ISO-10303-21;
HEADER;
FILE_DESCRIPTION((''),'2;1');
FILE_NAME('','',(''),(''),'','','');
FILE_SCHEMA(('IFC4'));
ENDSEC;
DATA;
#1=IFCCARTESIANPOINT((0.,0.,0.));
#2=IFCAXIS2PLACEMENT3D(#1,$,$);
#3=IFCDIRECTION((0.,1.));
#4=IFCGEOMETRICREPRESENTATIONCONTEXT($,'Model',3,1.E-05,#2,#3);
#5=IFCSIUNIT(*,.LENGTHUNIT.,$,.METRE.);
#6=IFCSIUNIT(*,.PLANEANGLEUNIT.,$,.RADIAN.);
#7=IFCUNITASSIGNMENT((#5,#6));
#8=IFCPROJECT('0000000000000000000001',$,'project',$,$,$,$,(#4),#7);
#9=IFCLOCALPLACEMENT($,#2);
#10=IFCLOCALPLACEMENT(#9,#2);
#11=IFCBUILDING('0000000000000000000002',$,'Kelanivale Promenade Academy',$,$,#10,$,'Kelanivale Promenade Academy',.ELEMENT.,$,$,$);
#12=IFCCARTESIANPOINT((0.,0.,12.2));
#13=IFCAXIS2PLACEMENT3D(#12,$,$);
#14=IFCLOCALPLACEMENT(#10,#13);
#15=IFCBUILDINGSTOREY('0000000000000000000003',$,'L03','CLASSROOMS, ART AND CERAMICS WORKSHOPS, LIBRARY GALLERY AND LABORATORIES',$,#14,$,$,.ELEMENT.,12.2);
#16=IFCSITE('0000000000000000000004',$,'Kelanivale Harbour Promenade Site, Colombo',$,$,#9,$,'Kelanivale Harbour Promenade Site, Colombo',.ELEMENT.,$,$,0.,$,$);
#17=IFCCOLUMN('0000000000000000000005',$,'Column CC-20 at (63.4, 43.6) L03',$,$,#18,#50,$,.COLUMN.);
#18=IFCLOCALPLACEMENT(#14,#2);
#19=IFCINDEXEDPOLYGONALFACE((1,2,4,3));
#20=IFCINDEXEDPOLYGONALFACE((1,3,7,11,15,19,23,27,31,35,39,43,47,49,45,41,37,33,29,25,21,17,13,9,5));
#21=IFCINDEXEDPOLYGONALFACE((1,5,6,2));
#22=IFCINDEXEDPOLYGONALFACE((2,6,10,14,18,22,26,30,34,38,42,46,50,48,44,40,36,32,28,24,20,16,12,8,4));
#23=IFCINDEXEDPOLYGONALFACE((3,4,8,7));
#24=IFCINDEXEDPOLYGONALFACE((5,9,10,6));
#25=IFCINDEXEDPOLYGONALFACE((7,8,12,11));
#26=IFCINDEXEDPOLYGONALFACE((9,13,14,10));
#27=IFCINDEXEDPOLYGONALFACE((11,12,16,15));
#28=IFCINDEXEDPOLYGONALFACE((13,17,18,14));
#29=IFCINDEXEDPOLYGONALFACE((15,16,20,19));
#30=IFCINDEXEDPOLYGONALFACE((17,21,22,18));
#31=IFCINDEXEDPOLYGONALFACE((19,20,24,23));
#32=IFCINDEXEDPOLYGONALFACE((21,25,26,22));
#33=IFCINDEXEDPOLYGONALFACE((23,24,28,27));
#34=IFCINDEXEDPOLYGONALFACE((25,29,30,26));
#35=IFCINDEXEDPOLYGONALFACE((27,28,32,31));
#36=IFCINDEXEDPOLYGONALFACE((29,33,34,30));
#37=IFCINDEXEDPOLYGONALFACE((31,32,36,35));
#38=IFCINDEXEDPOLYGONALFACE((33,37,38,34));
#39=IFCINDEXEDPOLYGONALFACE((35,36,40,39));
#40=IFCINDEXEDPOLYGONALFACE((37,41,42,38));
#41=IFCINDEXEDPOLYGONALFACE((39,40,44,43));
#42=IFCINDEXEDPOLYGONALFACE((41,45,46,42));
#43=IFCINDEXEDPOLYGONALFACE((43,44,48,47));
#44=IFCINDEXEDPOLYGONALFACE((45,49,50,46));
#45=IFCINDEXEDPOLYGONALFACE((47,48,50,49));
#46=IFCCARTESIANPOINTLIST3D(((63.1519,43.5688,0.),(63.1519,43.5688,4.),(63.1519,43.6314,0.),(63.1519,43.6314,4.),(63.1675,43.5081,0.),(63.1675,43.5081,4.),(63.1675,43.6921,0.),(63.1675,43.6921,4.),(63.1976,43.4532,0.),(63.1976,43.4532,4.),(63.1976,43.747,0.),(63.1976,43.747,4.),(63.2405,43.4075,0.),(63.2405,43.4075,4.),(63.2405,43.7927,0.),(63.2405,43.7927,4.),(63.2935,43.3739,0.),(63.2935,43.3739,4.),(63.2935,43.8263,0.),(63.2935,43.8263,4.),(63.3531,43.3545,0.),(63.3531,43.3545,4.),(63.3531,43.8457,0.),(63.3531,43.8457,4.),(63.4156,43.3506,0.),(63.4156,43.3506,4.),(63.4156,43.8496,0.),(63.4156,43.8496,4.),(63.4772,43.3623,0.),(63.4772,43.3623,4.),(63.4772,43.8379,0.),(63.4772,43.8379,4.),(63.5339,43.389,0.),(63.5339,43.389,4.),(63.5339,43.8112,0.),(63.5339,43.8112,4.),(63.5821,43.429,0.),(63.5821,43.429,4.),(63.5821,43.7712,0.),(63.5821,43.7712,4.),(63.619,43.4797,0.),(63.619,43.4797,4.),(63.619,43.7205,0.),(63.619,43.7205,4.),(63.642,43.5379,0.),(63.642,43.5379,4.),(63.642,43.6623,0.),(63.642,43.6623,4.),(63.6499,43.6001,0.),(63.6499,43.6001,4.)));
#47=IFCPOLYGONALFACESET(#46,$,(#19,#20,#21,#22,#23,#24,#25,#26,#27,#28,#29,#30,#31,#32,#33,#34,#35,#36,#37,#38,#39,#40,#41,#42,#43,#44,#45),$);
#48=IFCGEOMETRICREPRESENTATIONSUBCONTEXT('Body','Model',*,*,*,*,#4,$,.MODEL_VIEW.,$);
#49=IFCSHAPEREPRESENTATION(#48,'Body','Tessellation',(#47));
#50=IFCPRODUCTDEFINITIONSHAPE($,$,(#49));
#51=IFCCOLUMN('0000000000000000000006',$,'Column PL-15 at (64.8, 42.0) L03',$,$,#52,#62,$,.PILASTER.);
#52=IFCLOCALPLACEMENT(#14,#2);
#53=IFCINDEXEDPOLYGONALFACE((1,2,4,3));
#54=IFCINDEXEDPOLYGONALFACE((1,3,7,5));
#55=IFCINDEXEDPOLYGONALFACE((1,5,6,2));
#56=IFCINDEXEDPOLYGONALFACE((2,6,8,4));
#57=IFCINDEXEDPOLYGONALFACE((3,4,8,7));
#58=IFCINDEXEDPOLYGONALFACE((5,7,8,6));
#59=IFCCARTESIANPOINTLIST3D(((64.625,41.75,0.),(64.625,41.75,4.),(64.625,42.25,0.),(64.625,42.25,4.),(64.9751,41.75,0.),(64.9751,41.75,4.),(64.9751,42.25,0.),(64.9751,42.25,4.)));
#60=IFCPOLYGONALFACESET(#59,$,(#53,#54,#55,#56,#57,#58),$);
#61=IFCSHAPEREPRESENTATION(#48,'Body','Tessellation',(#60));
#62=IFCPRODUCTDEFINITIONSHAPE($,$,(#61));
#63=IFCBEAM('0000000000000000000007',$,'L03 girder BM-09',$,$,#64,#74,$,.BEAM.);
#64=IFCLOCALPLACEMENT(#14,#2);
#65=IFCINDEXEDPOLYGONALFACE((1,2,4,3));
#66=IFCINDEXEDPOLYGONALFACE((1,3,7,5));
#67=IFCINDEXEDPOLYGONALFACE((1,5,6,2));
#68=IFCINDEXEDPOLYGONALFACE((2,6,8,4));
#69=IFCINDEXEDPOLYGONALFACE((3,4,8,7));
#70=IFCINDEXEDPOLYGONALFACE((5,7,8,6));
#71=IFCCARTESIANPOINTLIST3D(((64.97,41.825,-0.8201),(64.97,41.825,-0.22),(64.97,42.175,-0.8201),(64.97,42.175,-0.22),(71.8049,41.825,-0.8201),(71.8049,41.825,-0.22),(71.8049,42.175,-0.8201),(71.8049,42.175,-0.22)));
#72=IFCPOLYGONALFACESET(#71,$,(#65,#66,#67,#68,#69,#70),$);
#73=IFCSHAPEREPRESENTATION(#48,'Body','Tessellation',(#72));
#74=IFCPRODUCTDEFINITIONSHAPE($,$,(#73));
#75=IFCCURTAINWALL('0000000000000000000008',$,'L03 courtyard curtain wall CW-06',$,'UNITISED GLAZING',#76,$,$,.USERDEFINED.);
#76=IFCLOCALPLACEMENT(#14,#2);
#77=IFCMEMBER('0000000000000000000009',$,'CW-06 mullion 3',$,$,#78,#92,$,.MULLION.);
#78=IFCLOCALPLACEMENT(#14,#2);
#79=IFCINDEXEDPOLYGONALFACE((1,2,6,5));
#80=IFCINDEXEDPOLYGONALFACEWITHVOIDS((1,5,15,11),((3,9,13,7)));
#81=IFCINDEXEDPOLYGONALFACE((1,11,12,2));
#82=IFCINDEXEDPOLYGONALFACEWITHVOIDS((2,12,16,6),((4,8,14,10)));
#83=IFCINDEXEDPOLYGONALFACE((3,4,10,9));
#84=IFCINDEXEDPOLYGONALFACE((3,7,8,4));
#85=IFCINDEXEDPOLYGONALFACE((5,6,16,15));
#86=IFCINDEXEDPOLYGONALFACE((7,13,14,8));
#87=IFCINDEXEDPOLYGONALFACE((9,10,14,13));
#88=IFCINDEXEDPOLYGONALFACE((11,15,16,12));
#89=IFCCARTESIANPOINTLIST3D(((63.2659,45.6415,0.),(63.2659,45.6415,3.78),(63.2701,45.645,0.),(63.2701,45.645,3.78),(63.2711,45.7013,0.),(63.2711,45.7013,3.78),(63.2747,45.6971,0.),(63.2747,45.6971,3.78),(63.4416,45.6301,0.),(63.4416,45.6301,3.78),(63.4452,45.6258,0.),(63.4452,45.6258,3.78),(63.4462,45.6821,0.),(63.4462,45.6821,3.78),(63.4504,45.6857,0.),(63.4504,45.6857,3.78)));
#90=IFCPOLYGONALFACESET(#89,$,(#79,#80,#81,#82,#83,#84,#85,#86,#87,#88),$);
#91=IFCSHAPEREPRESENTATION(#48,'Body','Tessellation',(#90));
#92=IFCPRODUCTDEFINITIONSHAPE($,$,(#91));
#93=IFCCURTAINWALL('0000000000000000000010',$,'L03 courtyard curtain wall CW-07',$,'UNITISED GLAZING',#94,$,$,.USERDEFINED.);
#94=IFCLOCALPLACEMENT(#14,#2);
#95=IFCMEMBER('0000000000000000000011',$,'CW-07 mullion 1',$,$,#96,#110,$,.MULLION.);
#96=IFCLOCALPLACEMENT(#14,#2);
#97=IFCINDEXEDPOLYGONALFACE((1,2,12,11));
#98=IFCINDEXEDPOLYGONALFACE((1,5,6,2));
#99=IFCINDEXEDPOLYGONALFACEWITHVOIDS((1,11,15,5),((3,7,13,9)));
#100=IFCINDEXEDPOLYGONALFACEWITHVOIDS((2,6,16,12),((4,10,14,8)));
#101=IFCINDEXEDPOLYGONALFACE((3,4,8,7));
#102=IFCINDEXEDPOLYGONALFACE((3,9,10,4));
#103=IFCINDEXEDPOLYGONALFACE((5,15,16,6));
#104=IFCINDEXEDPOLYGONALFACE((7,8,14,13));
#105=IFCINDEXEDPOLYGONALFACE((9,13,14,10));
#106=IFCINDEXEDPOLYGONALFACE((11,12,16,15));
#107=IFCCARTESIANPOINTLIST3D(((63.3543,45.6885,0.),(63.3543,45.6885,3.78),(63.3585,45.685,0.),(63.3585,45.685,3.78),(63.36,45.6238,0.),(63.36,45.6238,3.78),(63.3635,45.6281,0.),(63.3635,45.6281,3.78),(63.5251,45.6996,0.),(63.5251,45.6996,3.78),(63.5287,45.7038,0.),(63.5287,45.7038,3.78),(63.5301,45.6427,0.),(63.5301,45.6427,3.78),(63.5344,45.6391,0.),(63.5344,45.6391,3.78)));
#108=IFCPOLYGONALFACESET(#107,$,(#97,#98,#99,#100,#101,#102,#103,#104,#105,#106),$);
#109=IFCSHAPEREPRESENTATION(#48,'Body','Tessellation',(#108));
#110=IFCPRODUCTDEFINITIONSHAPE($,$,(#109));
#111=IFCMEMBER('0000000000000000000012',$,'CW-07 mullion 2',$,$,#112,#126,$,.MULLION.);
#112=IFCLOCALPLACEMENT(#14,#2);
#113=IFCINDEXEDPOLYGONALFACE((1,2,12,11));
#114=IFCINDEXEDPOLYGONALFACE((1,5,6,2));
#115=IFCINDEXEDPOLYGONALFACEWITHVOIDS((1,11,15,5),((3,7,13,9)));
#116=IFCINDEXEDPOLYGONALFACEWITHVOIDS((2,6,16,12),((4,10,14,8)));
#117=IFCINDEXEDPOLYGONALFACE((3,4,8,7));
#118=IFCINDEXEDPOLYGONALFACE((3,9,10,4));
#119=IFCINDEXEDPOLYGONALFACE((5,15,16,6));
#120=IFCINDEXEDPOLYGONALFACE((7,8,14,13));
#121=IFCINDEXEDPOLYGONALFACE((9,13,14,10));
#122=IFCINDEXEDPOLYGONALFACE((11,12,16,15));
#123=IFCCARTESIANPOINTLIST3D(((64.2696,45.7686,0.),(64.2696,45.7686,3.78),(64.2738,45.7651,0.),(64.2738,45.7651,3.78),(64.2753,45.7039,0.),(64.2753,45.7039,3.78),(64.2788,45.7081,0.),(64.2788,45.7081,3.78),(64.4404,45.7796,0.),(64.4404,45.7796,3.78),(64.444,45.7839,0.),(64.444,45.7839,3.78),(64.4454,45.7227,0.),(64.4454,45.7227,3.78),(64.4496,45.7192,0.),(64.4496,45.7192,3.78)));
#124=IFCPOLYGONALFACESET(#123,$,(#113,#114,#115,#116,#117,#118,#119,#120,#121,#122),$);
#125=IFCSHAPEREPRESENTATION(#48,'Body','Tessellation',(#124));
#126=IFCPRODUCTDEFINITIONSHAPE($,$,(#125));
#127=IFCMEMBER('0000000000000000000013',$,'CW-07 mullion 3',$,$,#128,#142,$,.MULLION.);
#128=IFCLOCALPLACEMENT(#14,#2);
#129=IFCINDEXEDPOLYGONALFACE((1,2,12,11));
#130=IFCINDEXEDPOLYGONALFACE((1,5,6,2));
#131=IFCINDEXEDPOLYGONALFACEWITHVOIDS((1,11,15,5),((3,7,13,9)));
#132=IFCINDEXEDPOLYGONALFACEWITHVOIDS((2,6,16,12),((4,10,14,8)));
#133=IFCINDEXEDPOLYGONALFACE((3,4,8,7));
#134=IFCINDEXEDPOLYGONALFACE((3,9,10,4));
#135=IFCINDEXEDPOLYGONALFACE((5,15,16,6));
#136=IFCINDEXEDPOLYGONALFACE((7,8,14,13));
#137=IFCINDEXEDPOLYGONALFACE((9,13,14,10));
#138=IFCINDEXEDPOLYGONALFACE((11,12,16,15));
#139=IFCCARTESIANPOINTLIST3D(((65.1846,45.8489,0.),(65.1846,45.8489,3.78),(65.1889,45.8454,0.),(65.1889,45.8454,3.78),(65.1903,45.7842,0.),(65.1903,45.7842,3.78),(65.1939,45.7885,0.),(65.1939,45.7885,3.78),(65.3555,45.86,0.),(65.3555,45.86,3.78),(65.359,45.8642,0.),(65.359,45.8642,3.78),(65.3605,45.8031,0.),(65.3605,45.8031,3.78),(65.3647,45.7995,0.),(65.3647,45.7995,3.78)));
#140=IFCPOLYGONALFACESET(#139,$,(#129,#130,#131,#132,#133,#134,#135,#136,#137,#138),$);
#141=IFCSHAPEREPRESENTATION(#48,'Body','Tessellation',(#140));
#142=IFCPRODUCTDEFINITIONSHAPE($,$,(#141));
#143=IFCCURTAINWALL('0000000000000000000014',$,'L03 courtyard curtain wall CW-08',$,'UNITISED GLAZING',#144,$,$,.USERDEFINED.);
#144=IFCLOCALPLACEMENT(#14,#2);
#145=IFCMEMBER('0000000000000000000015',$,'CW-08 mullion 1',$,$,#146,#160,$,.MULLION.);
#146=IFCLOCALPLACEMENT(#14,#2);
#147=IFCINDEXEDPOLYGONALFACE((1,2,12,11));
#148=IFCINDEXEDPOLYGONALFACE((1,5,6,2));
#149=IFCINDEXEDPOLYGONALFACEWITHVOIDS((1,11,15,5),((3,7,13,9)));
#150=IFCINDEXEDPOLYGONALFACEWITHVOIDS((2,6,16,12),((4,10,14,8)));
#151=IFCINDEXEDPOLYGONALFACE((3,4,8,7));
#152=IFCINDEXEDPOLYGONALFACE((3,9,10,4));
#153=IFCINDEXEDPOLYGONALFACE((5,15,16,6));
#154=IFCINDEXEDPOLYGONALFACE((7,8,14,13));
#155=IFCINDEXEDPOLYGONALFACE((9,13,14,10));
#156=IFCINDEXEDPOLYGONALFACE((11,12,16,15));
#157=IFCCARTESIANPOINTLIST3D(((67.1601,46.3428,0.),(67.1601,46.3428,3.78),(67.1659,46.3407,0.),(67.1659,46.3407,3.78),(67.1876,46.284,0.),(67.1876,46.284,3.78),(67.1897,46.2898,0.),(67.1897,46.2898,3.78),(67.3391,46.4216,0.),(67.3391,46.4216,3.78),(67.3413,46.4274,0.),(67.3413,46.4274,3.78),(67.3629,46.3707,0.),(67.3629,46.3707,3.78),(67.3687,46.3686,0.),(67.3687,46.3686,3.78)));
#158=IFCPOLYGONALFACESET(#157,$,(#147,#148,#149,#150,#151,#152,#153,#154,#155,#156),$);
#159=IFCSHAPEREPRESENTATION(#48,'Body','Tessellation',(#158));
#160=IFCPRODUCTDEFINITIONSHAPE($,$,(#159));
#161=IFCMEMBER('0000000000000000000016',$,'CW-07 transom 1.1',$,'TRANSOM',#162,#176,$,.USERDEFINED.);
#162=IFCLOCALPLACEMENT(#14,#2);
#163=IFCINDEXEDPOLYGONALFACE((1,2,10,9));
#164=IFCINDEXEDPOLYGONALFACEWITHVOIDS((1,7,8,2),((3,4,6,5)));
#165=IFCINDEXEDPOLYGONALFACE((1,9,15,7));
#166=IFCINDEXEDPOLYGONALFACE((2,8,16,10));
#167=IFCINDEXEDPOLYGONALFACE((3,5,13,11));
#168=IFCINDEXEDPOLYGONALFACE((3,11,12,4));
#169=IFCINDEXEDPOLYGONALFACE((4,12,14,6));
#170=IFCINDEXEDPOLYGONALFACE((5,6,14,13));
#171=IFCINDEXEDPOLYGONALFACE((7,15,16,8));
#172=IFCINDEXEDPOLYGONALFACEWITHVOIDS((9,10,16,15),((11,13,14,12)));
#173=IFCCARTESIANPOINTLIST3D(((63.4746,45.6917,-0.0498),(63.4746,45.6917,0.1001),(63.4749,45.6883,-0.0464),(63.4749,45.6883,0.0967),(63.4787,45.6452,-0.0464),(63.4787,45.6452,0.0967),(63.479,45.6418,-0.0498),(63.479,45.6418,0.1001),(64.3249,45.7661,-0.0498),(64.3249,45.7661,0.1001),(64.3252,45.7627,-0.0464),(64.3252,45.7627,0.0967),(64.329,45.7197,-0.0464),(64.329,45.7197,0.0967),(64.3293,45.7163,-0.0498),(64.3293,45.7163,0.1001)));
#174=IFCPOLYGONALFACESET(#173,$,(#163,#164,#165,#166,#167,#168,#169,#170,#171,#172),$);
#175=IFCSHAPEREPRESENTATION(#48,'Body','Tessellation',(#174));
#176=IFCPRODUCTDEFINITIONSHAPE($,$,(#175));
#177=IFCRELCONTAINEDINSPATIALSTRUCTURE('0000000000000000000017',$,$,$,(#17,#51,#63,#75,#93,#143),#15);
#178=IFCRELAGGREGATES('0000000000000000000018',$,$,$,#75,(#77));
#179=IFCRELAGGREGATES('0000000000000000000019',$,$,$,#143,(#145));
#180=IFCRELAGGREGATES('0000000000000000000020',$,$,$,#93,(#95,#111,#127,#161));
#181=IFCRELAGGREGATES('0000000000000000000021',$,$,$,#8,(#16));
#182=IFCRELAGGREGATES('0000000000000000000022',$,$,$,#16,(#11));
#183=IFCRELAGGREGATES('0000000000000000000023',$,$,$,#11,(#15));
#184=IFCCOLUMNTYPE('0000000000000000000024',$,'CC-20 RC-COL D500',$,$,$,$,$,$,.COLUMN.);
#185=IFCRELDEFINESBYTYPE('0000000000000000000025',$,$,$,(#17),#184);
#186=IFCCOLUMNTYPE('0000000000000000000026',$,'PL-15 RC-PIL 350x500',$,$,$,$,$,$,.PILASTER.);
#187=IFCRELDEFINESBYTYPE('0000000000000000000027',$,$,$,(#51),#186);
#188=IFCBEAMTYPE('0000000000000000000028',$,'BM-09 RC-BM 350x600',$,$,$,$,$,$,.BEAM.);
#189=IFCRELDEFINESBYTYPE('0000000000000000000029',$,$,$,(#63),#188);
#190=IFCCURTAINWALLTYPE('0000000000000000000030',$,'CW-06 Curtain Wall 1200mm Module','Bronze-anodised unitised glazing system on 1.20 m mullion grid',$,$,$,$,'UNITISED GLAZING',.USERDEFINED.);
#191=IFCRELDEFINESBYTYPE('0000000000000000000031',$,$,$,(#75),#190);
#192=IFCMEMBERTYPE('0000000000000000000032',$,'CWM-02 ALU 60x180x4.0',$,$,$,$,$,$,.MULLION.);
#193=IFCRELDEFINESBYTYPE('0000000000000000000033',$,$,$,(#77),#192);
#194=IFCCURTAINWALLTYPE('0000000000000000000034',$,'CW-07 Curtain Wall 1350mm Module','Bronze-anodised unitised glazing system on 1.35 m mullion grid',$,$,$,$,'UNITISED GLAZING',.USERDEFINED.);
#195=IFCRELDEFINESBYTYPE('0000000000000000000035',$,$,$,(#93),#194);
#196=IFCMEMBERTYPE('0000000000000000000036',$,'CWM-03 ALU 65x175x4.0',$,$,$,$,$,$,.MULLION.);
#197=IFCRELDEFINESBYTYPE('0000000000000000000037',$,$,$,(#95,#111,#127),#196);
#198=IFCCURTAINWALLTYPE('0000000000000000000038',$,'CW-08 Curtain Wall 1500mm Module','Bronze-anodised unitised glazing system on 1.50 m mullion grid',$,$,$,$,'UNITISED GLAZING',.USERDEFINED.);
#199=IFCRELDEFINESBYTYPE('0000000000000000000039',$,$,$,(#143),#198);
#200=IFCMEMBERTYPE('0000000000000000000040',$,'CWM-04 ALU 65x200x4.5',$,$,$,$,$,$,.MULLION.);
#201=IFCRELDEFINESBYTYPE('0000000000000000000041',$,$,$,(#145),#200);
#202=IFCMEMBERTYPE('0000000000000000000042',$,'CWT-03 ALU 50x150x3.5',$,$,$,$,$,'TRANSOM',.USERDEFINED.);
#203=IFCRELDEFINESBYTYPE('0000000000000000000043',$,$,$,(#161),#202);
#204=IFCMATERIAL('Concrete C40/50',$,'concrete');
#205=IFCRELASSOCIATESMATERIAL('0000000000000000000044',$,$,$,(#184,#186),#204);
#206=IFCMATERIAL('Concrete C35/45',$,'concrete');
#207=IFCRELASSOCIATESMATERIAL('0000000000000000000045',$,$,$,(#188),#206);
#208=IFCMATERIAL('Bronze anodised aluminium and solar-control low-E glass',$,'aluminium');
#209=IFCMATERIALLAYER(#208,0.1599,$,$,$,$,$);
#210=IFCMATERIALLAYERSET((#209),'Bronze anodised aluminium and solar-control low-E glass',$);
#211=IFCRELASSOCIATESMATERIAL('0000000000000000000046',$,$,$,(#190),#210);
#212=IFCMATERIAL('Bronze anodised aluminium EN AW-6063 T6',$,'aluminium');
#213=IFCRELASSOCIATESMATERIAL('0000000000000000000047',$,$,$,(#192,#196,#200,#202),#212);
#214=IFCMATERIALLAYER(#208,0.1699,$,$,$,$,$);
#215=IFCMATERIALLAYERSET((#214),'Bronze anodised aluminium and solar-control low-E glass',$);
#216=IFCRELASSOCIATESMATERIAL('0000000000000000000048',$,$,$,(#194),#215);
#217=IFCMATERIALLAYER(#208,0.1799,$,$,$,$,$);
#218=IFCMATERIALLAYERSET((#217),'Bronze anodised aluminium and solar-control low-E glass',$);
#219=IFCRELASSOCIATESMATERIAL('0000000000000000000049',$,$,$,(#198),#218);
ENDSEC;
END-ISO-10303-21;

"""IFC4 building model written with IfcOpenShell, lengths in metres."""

from ifc_helpers import new_model, si_unit, direction, frame, origin, origin_2d, place, context, subcontext, project, spatial, rectangle, hollow_rectangle, circle, extrude, material, layer, layer_set, material_profile, profile_set, type_object, element, aggregate, save


model = new_model("IFC4")

# Units and contexts
model_context = context("Model", 3, precision=1e-05, world=origin(), true_north=direction((0.0, 1.0)))
body_context = subcontext(model_context, "Body", "Model", "MODEL_VIEW")
ifc_project = project(units=[si_unit("LENGTHUNIT", "METRE"), si_unit("PLANEANGLEUNIT", "RADIAN")], contexts=[model_context])

# Site, building, storey
site_placement = place(None, origin())
site = spatial("IfcSite", under=ifc_project, at=site_placement, Name="Kelanivale Harbour Promenade Site, Colombo", LongName="Kelanivale Harbour Promenade Site, Colombo", CompositionType="ELEMENT", RefElevation=0.0)
building_placement = place(site_placement, origin())
building = spatial("IfcBuilding", under=site, at=building_placement, Name="Kelanivale Promenade Academy", LongName="Kelanivale Promenade Academy", CompositionType="ELEMENT")
storey_placement = place(building_placement, frame((0.0, 0.0, 12.2)))
storey = spatial("IfcBuildingStorey", under=building, at=storey_placement, Name="L03", Description="CLASSROOMS, ART AND CERAMICS WORKSHOPS, LIBRARY GALLERY AND LABORATORIES", CompositionType="ELEMENT", Elevation=12.2)

# Columns
ifc_material_1 = material(Name="Concrete C40/50", Category="concrete")
ifc_material_profile_1 = material_profile(ifc_material_1, circle(Radius=0.25, at=origin_2d()), Name="RC-COL D500")
ifc_profile_set_1 = profile_set([ifc_material_profile_1], Name="Concrete C40/50")
column_type_1 = type_object("IfcColumnType", Name="CC-20 RC-COL D500", PredefinedType="COLUMN", material=ifc_profile_set_1)
column_1_placement = place(storey_placement, frame((63.3999, 43.6001, 0.0), z_axis=(0.0, 0.0, 1.0), x_axis=(1.0, 0.0, 0.0)))
element("IfcColumn", 1, at=column_1_placement, inside=storey, type_object=column_type_1, Name="Column CC-20 at (63.4, 43.6) L03", PredefinedType="COLUMN", context=body_context, shape_type="SweptSolid", body=[
    extrude(circle(Radius=0.25, at=origin_2d()), origin(), (0.0, 0.0, 1.0), 4.0),
])
ifc_material_profile_2 = material_profile(ifc_material_1, rectangle(XDim=0.3501, YDim=0.5, at=origin_2d()), Name="RC-PIL 350x500")
ifc_profile_set_2 = profile_set([ifc_material_profile_2], Name="Concrete C40/50")
column_type_2 = type_object("IfcColumnType", Name="PL-15 RC-PIL 350x500", PredefinedType="PILASTER", material=ifc_profile_set_2)
column_2_placement = place(storey_placement, frame((64.8, 42.0, 0.0), z_axis=(0.0, 0.0, 1.0), x_axis=(1.0, 0.0, 0.0)))
element("IfcColumn", 2, at=column_2_placement, inside=storey, type_object=column_type_2, Name="Column PL-15 at (64.8, 42.0) L03", PredefinedType="PILASTER", context=body_context, shape_type="SweptSolid", body=[
    extrude(rectangle(XDim=0.3501, YDim=0.5, at=origin_2d()), origin(), (0.0, 0.0, 1.0), 4.0),
])

# Beam
ifc_material_2 = material(Name="Concrete C35/45", Category="concrete")
ifc_material_profile_3 = material_profile(ifc_material_2, rectangle(XDim=0.3501, YDim=0.6001, at=origin_2d()), Name="RC-BM 350x600")
ifc_profile_set_3 = profile_set([ifc_material_profile_3], Name="Concrete C35/45")
beam_type = type_object("IfcBeamType", Name="BM-09 RC-BM 350x600", PredefinedType="BEAM", material=ifc_profile_set_3)
beam_placement = place(storey_placement, frame((64.97, 42.0, -0.52), z_axis=(1.0, 0.0, 0.0), x_axis=(0.0, 1.0, 0.0)))
element("IfcBeam", 3, at=beam_placement, inside=storey, type_object=beam_type, Name="L03 girder BM-09", PredefinedType="BEAM", context=body_context, shape_type="SweptSolid", body=[
    extrude(rectangle(XDim=0.3501, YDim=0.6001, at=origin_2d()), origin(), (0.0, 0.0, 1.0), 6.835),
])

# Curtain wall, member
ifc_material_3 = material(Name="Bronze anodised aluminium and solar-control low-E glass", Category="aluminium")
ifc_layer_1 = layer(ifc_material_3, 0.1599)
ifc_layer_set_1 = layer_set([ifc_layer_1], Name="Bronze anodised aluminium and solar-control low-E glass")
curtain_wall_type_1 = type_object("IfcCurtainWallType", Name="CW-06 Curtain Wall 1200mm Module", Description="Bronze-anodised unitised glazing system on 1.20 m mullion grid", ElementType="UNITISED GLAZING", PredefinedType="USERDEFINED", material=ifc_layer_set_1)
curtain_wall_1_placement = place(storey_placement, origin())
curtain_wall_1 = element("IfcCurtainWall", 4, at=curtain_wall_1_placement, inside=storey, type_object=curtain_wall_type_1, Name="L03 courtyard curtain wall CW-06", ObjectType="UNITISED GLAZING", PredefinedType="USERDEFINED")
ifc_material_4 = material(Name="Bronze anodised aluminium EN AW-6063 T6", Category="aluminium")
ifc_material_profile_4 = material_profile(ifc_material_4, hollow_rectangle(XDim=0.0601, YDim=0.1799, WallThickness=0.0039, at=origin_2d()), Name="ALU 60x180x4.0")
ifc_profile_set_4 = profile_set([ifc_material_profile_4], Name="Bronze anodised aluminium EN AW-6063 T6")
member_type_1 = type_object("IfcMemberType", Name="CWM-02 ALU 60x180x4.0", PredefinedType="MULLION", material=ifc_profile_set_4)
member_1_placement = place(storey_placement, frame((63.3582, 45.6636, 0.0), z_axis=(0.0, 0.0, 1.0), x_axis=(0.087102, 0.996199, 0.0)))
member_1 = element("IfcMember", 5, at=member_1_placement, type_object=member_type_1, Name="CW-06 mullion 3", PredefinedType="MULLION", context=body_context, shape_type="SweptSolid", body=[
    extrude(hollow_rectangle(XDim=0.0601, YDim=0.1799, WallThickness=0.0039, at=origin_2d()), origin(), (0.0, 0.0, 1.0), 3.78),
])
aggregate(curtain_wall_1, [member_1])

# Curtain wall, members
ifc_layer_2 = layer(ifc_material_3, 0.1699)
ifc_layer_set_2 = layer_set([ifc_layer_2], Name="Bronze anodised aluminium and solar-control low-E glass")
curtain_wall_type_2 = type_object("IfcCurtainWallType", Name="CW-07 Curtain Wall 1350mm Module", Description="Bronze-anodised unitised glazing system on 1.35 m mullion grid", ElementType="UNITISED GLAZING", PredefinedType="USERDEFINED", material=ifc_layer_set_2)
curtain_wall_2_placement = place(storey_placement, origin())
curtain_wall_2 = element("IfcCurtainWall", 6, at=curtain_wall_2_placement, inside=storey, type_object=curtain_wall_type_2, Name="L03 courtyard curtain wall CW-07", ObjectType="UNITISED GLAZING", PredefinedType="USERDEFINED")
ifc_material_profile_5 = material_profile(ifc_material_4, hollow_rectangle(XDim=0.0649, YDim=0.175, WallThickness=0.0039, at=origin_2d()), Name="ALU 65x175x4.0")
ifc_profile_set_5 = profile_set([ifc_material_profile_5], Name="Bronze anodised aluminium EN AW-6063 T6")
member_type_2 = type_object("IfcMemberType", Name="CWM-03 ALU 65x175x4.0", PredefinedType="MULLION", material=ifc_profile_set_5)
member_2_placement = place(storey_placement, frame((63.4443, 45.6638, 0.0), z_axis=(0.0, 0.0, 1.0), x_axis=(-0.087265, 0.996185, 0.0)))
member_2 = element("IfcMember", 7, at=member_2_placement, type_object=member_type_2, Name="CW-07 mullion 1", PredefinedType="MULLION", context=body_context, shape_type="SweptSolid", body=[
    extrude(hollow_rectangle(XDim=0.0649, YDim=0.175, WallThickness=0.0039, at=origin_2d()), origin(), (0.0, 0.0, 1.0), 3.78),
])
member_3_placement = place(storey_placement, frame((64.3596, 45.7439, 0.0), z_axis=(0.0, 0.0, 1.0), x_axis=(-0.087265, 0.996185, 0.0)))
member_3 = element("IfcMember", 8, at=member_3_placement, type_object=member_type_2, Name="CW-07 mullion 2", PredefinedType="MULLION", context=body_context, shape_type="SweptSolid", body=[
    extrude(hollow_rectangle(XDim=0.0649, YDim=0.175, WallThickness=0.0039, at=origin_2d()), origin(), (0.0, 0.0, 1.0), 3.78),
])
member_4_placement = place(storey_placement, frame((65.2747, 45.8242, 0.0), z_axis=(0.0, 0.0, 1.0), x_axis=(-0.087265, 0.996185, 0.0)))
member_4 = element("IfcMember", 9, at=member_4_placement, type_object=member_type_2, Name="CW-07 mullion 3", PredefinedType="MULLION", context=body_context, shape_type="SweptSolid", body=[
    extrude(hollow_rectangle(XDim=0.0649, YDim=0.175, WallThickness=0.0039, at=origin_2d()), origin(), (0.0, 0.0, 1.0), 3.78),
])

# Curtain wall, member
ifc_layer_3 = layer(ifc_material_3, 0.1799)
ifc_layer_set_3 = layer_set([ifc_layer_3], Name="Bronze anodised aluminium and solar-control low-E glass")
curtain_wall_type_3 = type_object("IfcCurtainWallType", Name="CW-08 Curtain Wall 1500mm Module", Description="Bronze-anodised unitised glazing system on 1.50 m mullion grid", ElementType="UNITISED GLAZING", PredefinedType="USERDEFINED", material=ifc_layer_set_3)
curtain_wall_3_placement = place(storey_placement, origin())
curtain_wall_3 = element("IfcCurtainWall", 10, at=curtain_wall_3_placement, inside=storey, type_object=curtain_wall_type_3, Name="L03 courtyard curtain wall CW-08", ObjectType="UNITISED GLAZING", PredefinedType="USERDEFINED")
ifc_material_profile_6 = material_profile(ifc_material_4, hollow_rectangle(XDim=0.0649, YDim=0.2, WallThickness=0.0044, at=origin_2d()), Name="ALU 65x200x4.5")
ifc_profile_set_6 = profile_set([ifc_material_profile_6], Name="Bronze anodised aluminium EN AW-6063 T6")
member_type_3 = type_object("IfcMemberType", Name="CWM-04 ALU 65x200x4.5", PredefinedType="MULLION", material=ifc_profile_set_6)
member_5_placement = place(storey_placement, frame((67.2644, 46.3557, 0.0), z_axis=(0.0, 0.0, 1.0), x_axis=(-0.423087, 0.906089, 0.0)))
member_5 = element("IfcMember", 11, at=member_5_placement, type_object=member_type_3, Name="CW-08 mullion 1", PredefinedType="MULLION", context=body_context, shape_type="SweptSolid", body=[
    extrude(hollow_rectangle(XDim=0.0649, YDim=0.2, WallThickness=0.0044, at=origin_2d()), origin(), (0.0, 0.0, 1.0), 3.78),
])

# Member
ifc_material_profile_7 = material_profile(ifc_material_4, hollow_rectangle(XDim=0.05, YDim=0.1499, WallThickness=0.0034, at=origin_2d()), Name="ALU 50x150x3.5")
ifc_profile_set_7 = profile_set([ifc_material_profile_7], Name="Bronze anodised aluminium EN AW-6063 T6")
member_type_4 = type_object("IfcMemberType", Name="CWT-03 ALU 50x150x3.5", ElementType="TRANSOM", PredefinedType="USERDEFINED", material=ifc_profile_set_7)
member_6_placement = place(storey_placement, frame((63.4768, 45.6667, 0.0251), z_axis=(0.996188, 0.087234, 0.0), x_axis=(-0.087234, 0.996188, 0.0)))
member_6 = element("IfcMember", 12, at=member_6_placement, type_object=member_type_4, Name="CW-07 transom 1.1", ObjectType="TRANSOM", PredefinedType="USERDEFINED", context=body_context, shape_type="SweptSolid", body=[
    extrude(hollow_rectangle(XDim=0.05, YDim=0.1499, WallThickness=0.0034, at=origin_2d()), origin(), (0.0, 0.0, 1.0), 0.8535),
])
aggregate(curtain_wall_3, [member_5])

aggregate(curtain_wall_2, [member_2, member_3, member_4, member_6])

save(model, "model.ifc")
